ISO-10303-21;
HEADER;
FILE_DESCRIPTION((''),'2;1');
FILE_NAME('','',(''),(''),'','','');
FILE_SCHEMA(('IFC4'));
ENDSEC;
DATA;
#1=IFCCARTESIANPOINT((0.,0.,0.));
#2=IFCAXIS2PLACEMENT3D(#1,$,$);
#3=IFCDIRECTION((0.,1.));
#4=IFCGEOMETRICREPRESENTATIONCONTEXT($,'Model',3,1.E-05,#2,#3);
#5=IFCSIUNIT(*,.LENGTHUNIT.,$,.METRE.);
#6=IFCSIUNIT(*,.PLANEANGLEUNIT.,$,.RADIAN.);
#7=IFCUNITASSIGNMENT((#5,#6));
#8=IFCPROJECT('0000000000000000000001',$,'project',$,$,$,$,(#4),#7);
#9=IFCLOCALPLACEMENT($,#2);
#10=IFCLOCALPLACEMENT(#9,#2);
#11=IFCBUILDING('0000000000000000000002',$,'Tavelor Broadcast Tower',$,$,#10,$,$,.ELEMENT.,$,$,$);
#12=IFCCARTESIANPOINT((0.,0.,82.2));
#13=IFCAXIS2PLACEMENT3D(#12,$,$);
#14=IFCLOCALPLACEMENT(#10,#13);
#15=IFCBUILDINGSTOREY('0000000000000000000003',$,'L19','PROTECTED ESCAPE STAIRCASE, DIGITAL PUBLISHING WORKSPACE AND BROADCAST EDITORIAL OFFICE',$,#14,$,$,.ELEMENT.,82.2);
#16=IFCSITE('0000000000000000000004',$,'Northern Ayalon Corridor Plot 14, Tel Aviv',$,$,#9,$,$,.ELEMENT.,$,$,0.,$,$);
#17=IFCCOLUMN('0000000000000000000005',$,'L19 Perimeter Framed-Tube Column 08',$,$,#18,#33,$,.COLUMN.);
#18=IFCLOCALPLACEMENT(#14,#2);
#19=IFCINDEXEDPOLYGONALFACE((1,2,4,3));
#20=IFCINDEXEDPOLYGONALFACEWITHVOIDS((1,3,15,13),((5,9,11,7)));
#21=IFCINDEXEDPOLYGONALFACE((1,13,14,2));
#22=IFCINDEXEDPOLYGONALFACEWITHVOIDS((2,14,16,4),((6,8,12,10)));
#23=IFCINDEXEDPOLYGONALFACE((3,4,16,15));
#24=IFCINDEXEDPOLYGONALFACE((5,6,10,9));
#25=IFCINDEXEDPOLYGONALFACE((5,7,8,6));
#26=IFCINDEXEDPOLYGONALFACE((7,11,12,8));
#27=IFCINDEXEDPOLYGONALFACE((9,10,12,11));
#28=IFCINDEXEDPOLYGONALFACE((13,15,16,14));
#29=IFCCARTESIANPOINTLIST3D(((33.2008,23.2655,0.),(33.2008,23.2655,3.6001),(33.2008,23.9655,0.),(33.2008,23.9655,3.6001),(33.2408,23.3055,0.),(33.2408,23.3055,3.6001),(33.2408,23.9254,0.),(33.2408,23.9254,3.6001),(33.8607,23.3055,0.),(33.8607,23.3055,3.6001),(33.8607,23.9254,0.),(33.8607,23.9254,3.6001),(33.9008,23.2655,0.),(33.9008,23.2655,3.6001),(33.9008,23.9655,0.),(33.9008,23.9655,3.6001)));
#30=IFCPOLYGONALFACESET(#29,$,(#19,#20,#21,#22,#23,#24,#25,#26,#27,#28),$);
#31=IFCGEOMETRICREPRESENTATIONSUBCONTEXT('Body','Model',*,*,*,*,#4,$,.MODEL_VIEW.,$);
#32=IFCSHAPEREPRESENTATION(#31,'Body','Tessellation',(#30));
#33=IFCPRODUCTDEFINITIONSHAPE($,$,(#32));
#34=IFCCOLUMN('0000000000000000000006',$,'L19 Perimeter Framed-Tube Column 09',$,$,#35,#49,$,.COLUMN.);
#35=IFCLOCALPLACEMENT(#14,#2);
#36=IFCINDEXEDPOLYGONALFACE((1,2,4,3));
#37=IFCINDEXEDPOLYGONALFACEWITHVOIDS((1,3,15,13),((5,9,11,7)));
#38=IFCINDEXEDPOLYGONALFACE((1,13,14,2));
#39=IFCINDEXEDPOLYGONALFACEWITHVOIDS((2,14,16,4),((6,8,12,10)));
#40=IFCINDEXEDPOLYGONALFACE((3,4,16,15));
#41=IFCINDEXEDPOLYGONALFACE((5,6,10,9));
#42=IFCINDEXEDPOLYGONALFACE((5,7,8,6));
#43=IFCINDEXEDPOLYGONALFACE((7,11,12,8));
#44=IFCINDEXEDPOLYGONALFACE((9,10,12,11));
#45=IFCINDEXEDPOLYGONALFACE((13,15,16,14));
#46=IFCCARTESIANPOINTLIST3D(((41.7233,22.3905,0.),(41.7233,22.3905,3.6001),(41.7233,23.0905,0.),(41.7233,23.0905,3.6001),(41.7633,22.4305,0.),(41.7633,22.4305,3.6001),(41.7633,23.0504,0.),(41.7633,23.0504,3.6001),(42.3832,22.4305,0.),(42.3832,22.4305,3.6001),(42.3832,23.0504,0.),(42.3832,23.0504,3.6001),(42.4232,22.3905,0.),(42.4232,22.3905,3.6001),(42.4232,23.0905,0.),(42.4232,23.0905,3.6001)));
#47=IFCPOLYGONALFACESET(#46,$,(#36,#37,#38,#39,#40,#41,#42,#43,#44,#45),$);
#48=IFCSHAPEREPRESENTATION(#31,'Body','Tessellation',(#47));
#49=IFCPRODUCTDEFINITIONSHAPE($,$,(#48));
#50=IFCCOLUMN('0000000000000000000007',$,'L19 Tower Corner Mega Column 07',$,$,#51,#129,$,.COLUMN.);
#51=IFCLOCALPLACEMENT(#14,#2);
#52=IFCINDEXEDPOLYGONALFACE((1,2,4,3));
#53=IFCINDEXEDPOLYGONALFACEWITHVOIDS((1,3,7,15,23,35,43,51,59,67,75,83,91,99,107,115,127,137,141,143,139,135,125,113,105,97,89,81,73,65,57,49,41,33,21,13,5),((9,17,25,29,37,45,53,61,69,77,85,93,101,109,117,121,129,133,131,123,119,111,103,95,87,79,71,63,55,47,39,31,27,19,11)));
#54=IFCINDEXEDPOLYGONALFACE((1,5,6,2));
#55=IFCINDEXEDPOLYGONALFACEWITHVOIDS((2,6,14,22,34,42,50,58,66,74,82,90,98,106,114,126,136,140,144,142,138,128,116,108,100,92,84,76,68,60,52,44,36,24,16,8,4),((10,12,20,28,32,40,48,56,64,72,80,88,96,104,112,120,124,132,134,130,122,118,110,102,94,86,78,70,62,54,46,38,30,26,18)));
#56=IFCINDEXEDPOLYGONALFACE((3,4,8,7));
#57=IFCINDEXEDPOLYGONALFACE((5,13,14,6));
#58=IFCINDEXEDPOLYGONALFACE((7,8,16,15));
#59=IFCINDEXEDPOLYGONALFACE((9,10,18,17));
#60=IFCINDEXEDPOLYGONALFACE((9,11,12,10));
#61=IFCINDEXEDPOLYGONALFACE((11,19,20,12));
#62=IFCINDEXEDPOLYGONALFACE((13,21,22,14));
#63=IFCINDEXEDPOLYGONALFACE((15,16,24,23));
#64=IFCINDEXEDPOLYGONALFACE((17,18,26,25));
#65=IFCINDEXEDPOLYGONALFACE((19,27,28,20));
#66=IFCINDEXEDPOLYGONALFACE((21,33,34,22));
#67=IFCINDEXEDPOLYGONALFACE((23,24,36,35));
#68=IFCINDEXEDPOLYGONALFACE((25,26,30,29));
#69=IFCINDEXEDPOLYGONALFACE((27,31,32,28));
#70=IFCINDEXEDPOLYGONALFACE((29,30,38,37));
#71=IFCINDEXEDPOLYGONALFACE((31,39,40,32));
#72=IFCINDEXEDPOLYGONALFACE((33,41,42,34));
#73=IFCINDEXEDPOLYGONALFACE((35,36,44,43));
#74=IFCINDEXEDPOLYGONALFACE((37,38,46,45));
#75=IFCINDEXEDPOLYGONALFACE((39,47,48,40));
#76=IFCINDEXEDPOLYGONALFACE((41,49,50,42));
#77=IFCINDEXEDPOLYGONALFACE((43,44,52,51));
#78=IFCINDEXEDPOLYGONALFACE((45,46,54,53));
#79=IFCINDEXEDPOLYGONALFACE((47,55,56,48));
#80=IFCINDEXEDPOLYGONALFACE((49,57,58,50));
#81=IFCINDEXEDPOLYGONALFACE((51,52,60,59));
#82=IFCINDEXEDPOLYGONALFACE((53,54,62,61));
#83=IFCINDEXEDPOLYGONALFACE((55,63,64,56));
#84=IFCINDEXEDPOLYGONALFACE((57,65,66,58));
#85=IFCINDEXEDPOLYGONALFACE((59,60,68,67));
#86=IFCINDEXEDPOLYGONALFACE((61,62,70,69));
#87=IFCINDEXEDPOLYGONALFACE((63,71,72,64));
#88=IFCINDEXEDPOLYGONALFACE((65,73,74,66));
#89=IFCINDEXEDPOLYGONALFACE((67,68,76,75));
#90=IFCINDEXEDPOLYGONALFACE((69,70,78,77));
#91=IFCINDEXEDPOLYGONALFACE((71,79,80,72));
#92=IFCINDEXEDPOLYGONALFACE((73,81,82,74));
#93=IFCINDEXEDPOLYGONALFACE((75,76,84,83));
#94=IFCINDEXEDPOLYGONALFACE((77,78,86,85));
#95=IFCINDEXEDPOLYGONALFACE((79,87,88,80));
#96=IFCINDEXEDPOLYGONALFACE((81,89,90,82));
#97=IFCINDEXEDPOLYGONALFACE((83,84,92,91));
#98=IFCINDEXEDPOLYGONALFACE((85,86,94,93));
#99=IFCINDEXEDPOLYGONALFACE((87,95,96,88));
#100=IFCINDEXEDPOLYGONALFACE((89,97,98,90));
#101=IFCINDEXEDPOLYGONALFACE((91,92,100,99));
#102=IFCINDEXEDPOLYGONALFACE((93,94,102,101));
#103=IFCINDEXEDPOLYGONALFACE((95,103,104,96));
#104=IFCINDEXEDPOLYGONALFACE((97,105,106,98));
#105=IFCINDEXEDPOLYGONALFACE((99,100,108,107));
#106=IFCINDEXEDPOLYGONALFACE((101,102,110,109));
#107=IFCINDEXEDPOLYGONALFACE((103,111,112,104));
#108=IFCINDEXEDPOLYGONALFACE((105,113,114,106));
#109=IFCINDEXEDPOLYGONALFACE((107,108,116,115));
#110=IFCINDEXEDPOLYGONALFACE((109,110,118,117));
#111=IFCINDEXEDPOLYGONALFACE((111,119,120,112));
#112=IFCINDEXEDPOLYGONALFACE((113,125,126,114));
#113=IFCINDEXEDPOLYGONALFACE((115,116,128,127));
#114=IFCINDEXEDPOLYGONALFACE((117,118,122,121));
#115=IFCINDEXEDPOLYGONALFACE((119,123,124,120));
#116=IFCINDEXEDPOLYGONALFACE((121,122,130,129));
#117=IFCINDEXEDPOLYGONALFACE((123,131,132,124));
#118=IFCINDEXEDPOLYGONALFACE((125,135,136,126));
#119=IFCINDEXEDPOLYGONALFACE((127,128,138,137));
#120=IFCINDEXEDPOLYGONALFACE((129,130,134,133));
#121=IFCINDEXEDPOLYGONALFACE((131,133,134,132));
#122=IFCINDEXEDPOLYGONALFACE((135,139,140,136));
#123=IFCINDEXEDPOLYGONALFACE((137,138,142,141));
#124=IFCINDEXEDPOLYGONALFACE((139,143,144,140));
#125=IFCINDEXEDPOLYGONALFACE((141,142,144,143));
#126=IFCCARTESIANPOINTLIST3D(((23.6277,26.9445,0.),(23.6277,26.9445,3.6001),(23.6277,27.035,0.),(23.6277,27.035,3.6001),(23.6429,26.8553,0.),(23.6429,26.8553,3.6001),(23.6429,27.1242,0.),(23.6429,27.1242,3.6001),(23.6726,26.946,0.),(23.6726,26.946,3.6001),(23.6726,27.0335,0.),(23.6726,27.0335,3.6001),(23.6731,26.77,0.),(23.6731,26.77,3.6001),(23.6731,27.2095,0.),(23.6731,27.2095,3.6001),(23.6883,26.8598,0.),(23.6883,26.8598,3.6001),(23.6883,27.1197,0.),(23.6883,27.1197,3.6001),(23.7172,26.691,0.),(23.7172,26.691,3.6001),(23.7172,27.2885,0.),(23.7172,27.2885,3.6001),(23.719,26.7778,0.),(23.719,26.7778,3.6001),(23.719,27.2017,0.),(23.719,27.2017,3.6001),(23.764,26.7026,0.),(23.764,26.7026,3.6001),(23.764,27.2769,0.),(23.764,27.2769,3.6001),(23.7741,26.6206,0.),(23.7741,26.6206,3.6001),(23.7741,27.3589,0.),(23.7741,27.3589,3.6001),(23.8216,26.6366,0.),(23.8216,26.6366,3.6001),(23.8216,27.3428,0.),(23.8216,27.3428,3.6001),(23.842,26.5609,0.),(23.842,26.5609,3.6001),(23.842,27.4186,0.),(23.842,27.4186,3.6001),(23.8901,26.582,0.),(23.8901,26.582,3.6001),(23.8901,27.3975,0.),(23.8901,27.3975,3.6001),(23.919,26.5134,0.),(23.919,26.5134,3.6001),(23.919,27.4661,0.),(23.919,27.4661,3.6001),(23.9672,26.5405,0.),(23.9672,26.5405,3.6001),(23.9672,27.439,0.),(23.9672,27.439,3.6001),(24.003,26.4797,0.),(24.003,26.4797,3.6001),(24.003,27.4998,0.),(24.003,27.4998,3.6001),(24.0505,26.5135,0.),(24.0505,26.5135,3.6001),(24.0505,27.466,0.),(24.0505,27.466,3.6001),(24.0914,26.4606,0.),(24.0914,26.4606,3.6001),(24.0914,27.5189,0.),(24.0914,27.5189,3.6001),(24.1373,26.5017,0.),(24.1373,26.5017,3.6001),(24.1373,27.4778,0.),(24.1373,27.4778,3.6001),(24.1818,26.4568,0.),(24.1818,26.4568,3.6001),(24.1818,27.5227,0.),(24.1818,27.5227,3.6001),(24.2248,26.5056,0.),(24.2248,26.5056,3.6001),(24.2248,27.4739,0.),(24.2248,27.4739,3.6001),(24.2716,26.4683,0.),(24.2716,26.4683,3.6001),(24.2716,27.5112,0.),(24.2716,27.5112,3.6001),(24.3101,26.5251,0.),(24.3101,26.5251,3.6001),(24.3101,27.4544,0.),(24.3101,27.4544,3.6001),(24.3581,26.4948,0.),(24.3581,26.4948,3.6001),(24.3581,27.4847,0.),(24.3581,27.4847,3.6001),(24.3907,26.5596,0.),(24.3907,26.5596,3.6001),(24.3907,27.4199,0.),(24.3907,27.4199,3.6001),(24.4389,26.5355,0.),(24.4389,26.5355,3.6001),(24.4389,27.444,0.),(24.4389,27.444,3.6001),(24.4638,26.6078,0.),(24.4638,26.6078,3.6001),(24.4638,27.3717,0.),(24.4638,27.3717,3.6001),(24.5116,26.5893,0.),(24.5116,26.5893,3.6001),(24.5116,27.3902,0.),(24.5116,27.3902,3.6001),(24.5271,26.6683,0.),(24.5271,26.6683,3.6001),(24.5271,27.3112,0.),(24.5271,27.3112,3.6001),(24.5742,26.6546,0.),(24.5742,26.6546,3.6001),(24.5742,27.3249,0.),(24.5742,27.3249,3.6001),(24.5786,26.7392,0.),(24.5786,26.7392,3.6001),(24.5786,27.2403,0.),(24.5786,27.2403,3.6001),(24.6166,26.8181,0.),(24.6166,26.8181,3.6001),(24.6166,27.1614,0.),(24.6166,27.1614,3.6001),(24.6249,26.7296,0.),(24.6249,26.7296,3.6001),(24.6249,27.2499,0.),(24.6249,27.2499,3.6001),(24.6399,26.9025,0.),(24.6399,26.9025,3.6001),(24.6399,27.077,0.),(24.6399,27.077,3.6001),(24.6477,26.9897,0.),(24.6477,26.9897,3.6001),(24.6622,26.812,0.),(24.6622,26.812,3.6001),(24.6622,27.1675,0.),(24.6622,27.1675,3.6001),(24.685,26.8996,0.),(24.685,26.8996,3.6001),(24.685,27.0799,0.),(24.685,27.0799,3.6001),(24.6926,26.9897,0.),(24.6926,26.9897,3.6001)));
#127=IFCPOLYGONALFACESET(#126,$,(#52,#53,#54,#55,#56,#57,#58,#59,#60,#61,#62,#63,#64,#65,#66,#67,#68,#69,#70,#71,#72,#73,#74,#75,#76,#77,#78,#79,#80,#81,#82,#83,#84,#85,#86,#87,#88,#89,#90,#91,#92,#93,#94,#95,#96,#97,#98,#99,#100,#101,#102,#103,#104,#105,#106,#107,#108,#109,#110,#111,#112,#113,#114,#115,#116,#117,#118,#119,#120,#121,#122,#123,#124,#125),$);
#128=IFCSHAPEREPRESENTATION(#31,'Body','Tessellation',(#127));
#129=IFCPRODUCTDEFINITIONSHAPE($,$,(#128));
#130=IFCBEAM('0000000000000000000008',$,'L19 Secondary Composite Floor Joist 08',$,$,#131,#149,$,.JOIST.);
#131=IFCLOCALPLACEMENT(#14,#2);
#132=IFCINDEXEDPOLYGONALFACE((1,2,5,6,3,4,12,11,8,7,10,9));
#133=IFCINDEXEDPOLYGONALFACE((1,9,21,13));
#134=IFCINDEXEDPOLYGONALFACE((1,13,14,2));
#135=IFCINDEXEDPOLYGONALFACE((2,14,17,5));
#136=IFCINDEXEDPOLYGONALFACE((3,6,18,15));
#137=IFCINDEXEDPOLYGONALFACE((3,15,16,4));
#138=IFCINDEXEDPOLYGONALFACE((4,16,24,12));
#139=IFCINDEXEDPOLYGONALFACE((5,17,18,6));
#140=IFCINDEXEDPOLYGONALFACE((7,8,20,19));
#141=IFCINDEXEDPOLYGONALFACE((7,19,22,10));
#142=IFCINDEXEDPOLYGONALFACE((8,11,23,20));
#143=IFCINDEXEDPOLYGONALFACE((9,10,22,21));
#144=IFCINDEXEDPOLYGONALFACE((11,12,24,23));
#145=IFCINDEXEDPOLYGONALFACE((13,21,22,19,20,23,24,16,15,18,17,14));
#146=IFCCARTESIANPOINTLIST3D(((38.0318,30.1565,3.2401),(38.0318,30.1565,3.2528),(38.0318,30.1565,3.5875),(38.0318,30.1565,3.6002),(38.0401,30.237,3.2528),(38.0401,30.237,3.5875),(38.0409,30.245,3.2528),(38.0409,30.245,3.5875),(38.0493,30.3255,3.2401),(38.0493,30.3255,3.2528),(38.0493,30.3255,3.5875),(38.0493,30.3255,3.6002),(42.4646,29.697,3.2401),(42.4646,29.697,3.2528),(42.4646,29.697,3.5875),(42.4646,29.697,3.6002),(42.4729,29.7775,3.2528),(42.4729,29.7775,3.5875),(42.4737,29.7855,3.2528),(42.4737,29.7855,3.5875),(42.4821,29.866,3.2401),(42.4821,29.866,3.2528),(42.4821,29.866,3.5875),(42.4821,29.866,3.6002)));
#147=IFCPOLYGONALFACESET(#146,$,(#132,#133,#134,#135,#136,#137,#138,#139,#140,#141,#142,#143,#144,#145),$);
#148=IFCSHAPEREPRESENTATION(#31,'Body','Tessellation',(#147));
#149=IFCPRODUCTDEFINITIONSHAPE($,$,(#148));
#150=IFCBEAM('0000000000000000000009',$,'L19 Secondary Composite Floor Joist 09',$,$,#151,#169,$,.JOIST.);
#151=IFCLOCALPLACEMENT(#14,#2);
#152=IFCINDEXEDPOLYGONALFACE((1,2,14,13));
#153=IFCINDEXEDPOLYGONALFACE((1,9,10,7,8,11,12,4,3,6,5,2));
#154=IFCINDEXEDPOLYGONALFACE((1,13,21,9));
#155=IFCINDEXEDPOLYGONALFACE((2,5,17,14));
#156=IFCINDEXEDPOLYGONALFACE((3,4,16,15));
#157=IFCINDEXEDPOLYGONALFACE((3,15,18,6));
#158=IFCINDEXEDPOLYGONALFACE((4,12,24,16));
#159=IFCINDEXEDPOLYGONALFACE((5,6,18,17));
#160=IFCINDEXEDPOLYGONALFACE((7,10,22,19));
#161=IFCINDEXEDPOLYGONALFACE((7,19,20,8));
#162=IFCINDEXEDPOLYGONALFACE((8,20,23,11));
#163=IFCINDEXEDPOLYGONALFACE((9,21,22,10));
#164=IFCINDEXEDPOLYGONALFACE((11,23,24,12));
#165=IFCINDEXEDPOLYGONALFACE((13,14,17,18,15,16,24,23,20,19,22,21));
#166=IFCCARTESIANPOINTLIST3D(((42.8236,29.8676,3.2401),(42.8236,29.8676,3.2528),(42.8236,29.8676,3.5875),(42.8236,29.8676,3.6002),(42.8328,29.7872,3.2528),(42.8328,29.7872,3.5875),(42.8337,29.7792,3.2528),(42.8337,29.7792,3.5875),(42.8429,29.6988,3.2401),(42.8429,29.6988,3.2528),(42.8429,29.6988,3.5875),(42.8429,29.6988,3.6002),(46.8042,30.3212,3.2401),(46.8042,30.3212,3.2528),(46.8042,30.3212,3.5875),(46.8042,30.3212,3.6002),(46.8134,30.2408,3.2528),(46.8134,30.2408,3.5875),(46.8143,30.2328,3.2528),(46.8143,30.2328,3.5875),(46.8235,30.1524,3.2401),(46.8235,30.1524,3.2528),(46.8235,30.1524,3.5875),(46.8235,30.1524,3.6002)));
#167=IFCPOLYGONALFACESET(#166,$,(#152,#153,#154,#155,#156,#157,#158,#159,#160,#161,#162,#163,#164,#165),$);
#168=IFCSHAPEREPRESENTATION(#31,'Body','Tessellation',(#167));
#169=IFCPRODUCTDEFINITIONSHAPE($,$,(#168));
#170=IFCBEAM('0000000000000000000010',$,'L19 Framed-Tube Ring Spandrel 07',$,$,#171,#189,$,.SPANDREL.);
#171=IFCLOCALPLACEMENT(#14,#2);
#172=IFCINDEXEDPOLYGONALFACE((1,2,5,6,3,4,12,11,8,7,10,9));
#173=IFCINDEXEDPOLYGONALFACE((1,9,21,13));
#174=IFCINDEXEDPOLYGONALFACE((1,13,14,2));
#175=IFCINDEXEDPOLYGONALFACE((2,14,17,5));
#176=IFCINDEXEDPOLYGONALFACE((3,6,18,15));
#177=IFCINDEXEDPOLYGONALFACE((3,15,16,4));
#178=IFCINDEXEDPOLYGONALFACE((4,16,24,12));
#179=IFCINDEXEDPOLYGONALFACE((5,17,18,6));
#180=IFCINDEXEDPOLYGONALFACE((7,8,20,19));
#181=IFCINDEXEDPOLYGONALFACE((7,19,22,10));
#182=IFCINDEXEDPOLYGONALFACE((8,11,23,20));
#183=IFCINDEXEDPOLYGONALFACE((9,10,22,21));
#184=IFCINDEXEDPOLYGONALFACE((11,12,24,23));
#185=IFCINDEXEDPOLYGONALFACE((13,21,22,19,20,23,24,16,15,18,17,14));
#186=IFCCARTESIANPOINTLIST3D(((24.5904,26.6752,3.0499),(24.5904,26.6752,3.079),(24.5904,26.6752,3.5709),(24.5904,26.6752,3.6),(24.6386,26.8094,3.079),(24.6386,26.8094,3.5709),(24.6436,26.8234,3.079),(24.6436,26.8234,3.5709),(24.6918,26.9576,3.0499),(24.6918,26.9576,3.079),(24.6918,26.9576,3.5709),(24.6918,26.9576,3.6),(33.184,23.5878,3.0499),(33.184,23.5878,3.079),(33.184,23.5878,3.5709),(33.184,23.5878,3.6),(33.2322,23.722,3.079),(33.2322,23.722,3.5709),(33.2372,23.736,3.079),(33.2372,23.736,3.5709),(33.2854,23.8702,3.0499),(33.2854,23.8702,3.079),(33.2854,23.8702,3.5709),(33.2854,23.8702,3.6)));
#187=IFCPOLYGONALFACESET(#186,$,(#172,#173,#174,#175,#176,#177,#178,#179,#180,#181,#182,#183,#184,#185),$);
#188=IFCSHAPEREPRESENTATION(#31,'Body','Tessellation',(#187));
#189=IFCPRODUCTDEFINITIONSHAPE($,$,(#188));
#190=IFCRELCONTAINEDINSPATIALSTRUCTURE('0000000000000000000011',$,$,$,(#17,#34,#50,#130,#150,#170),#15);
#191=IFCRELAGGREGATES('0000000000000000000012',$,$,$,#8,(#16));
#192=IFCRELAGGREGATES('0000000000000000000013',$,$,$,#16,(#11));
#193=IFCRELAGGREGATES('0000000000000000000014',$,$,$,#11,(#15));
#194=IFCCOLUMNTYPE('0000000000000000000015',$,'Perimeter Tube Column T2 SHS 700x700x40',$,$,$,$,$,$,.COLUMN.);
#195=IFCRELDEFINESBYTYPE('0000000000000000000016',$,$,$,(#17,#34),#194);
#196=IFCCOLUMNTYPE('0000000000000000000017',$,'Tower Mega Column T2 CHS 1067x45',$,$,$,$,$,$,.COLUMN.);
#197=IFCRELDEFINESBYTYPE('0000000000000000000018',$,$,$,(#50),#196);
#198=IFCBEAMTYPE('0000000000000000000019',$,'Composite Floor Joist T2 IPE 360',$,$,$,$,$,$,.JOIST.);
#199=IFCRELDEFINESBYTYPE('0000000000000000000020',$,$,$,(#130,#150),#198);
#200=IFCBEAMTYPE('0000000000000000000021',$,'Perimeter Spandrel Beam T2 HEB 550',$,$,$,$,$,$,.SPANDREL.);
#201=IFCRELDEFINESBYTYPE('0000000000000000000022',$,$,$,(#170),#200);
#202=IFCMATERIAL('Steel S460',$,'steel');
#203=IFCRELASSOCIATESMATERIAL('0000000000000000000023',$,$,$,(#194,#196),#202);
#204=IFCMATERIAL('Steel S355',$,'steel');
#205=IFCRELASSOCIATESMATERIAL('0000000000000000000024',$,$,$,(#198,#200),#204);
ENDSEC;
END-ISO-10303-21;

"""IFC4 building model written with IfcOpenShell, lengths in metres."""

from ifc_helpers import new_model, si_unit, direction, frame, origin, origin_2d, place, context, subcontext, project, spatial, hollow_rectangle, hollow_circle, i_section, extrude, material, material_profile, profile_set, type_object, element, save


model = new_model("IFC4")

# Units and contexts
model_context = context("Model", 3, precision=1e-05, world=origin(), true_north=direction((0.0, 1.0)))
body_context = subcontext(model_context, "Body", "Model", "MODEL_VIEW")
ifc_project = project(units=[si_unit("LENGTHUNIT", "METRE"), si_unit("PLANEANGLEUNIT", "RADIAN")], contexts=[model_context])

# Site, building, storey
site_placement = place(None, origin())
site = spatial("IfcSite", under=ifc_project, at=site_placement, Name="Northern Ayalon Corridor Plot 14, Tel Aviv", CompositionType="ELEMENT", RefElevation=0.0)
building_placement = place(site_placement, origin())
building = spatial("IfcBuilding", under=site, at=building_placement, Name="Tavelor Broadcast Tower", CompositionType="ELEMENT")
storey_placement = place(building_placement, frame((0.0, 0.0, 82.2)))
storey = spatial("IfcBuildingStorey", under=building, at=storey_placement, Name="L19", Description="PROTECTED ESCAPE STAIRCASE, DIGITAL PUBLISHING WORKSPACE AND BROADCAST EDITORIAL OFFICE", CompositionType="ELEMENT", Elevation=82.2)

# Columns
ifc_material_1 = material(Name="Steel S460", Category="steel")
ifc_material_profile_1 = material_profile(ifc_material_1, hollow_rectangle(XDim=0.7, YDim=0.7, WallThickness=0.04, at=origin_2d()), Name="SHS 700x700x40")
ifc_profile_set_1 = profile_set([ifc_material_profile_1], Name="Steel S460")
column_type_1 = type_object("IfcColumnType", Name="Perimeter Tube Column T2 SHS 700x700x40", PredefinedType="COLUMN", material=ifc_profile_set_1)
for number, where, z_axis, x_axis, name in (
    (1, (33.5508, 23.6155, 0.0), (0.0, 0.0, 1.0), (1.0, 0.0, 0.0), "L19 Perimeter Framed-Tube Column 08"),
    (2, (42.0732, 22.7405, 0.0), (0.0, 0.0, 1.0), (1.0, 0.0, 0.0), "L19 Perimeter Framed-Tube Column 09"),
):
    element("IfcColumn", number, at=place(storey_placement, frame(where, z_axis=z_axis, x_axis=x_axis)), inside=storey, type_object=column_type_1, Name=name, PredefinedType="COLUMN", context=body_context, shape_type="SweptSolid", body=[
        extrude(hollow_rectangle(XDim=0.7, YDim=0.7, WallThickness=0.04, at=origin_2d()), origin(), (0.0, 0.0, 1.0), 3.6001),
    ])
ifc_material_profile_2 = material_profile(ifc_material_1, hollow_circle(Radius=0.5334, WallThickness=0.0449, at=origin_2d()), Name="CHS 1067x45")
ifc_profile_set_2 = profile_set([ifc_material_profile_2], Name="Steel S460")
column_type_2 = type_object("IfcColumnType", Name="Tower Mega Column T2 CHS 1067x45", PredefinedType="COLUMN", material=ifc_profile_set_2)
column_placement = place(storey_placement, frame((24.1592, 26.9897, 0.0), z_axis=(0.0, 0.0, 1.0), x_axis=(1.0, 0.0, 0.0)))
element("IfcColumn", 3, at=column_placement, inside=storey, type_object=column_type_2, Name="L19 Tower Corner Mega Column 07", PredefinedType="COLUMN", context=body_context, shape_type="SweptSolid", body=[
    extrude(hollow_circle(Radius=0.5334, WallThickness=0.0449, at=origin_2d()), origin(), (0.0, 0.0, 1.0), 3.6001),
])

# Beams
ifc_material_2 = material(Name="Steel S355", Category="steel")
ifc_material_profile_3 = material_profile(ifc_material_2, i_section(OverallWidth=0.1699, OverallDepth=0.3601, WebThickness=0.0081, FlangeThickness=0.0127, at=origin_2d()), Name="IPE 360")
ifc_profile_set_3 = profile_set([ifc_material_profile_3], Name="Steel S355")
beam_type_1 = type_object("IfcBeamType", Name="Composite Floor Joist T2 IPE 360", PredefinedType="JOIST", material=ifc_profile_set_3)
beam_1_placement = place(storey_placement, frame((38.0405, 30.241, 3.4202), z_axis=(0.994671, -0.103099, 0.0), x_axis=(0.103099, 0.994671, 0.0)))
element("IfcBeam", 4, at=beam_1_placement, inside=storey, type_object=beam_type_1, Name="L19 Secondary Composite Floor Joist 08", PredefinedType="JOIST", context=body_context, shape_type="SweptSolid", body=[
    extrude(i_section(OverallWidth=0.1699, OverallDepth=0.3601, WebThickness=0.0081, FlangeThickness=0.0127, at=origin_2d()), origin(), (0.0, 0.0, 1.0), 4.4565),
])
beam_2_placement = place(storey_placement, frame((42.8333, 29.7832, 3.4202), z_axis=(0.993569, 0.113227, 0.0), x_axis=(-0.113227, 0.993569, 0.0)))
element("IfcBeam", 5, at=beam_2_placement, inside=storey, type_object=beam_type_1, Name="L19 Secondary Composite Floor Joist 09", PredefinedType="JOIST", context=body_context, shape_type="SweptSolid", body=[
    extrude(i_section(OverallWidth=0.1699, OverallDepth=0.3601, WebThickness=0.0081, FlangeThickness=0.0127, at=origin_2d()), origin(), (0.0, 0.0, 1.0), 4.0063),
])
ifc_material_profile_4 = material_profile(ifc_material_2, i_section(OverallWidth=0.3, OverallDepth=0.55, WebThickness=0.0149, FlangeThickness=0.0291, at=origin_2d()), Name="HEB 550")
ifc_profile_set_4 = profile_set([ifc_material_profile_4], Name="Steel S355")
beam_type_2 = type_object("IfcBeamType", Name="Perimeter Spandrel Beam T2 HEB 550", PredefinedType="SPANDREL", material=ifc_profile_set_4)
beam_3_placement = place(storey_placement, frame((24.6411, 26.8164, 3.325), z_axis=(0.941106, -0.338113, 0.0), x_axis=(0.338113, 0.941106, 0.0)))
element("IfcBeam", 6, at=beam_3_placement, inside=storey, type_object=beam_type_2, Name="L19 Framed-Tube Ring Spandrel 07", PredefinedType="SPANDREL", context=body_context, shape_type="SweptSolid", body=[
    extrude(i_section(OverallWidth=0.3, OverallDepth=0.55, WebThickness=0.0149, FlangeThickness=0.0291, at=origin_2d()), origin(), (0.0, 0.0, 1.0), 9.1313),
])

save(model, "model.ifc")
